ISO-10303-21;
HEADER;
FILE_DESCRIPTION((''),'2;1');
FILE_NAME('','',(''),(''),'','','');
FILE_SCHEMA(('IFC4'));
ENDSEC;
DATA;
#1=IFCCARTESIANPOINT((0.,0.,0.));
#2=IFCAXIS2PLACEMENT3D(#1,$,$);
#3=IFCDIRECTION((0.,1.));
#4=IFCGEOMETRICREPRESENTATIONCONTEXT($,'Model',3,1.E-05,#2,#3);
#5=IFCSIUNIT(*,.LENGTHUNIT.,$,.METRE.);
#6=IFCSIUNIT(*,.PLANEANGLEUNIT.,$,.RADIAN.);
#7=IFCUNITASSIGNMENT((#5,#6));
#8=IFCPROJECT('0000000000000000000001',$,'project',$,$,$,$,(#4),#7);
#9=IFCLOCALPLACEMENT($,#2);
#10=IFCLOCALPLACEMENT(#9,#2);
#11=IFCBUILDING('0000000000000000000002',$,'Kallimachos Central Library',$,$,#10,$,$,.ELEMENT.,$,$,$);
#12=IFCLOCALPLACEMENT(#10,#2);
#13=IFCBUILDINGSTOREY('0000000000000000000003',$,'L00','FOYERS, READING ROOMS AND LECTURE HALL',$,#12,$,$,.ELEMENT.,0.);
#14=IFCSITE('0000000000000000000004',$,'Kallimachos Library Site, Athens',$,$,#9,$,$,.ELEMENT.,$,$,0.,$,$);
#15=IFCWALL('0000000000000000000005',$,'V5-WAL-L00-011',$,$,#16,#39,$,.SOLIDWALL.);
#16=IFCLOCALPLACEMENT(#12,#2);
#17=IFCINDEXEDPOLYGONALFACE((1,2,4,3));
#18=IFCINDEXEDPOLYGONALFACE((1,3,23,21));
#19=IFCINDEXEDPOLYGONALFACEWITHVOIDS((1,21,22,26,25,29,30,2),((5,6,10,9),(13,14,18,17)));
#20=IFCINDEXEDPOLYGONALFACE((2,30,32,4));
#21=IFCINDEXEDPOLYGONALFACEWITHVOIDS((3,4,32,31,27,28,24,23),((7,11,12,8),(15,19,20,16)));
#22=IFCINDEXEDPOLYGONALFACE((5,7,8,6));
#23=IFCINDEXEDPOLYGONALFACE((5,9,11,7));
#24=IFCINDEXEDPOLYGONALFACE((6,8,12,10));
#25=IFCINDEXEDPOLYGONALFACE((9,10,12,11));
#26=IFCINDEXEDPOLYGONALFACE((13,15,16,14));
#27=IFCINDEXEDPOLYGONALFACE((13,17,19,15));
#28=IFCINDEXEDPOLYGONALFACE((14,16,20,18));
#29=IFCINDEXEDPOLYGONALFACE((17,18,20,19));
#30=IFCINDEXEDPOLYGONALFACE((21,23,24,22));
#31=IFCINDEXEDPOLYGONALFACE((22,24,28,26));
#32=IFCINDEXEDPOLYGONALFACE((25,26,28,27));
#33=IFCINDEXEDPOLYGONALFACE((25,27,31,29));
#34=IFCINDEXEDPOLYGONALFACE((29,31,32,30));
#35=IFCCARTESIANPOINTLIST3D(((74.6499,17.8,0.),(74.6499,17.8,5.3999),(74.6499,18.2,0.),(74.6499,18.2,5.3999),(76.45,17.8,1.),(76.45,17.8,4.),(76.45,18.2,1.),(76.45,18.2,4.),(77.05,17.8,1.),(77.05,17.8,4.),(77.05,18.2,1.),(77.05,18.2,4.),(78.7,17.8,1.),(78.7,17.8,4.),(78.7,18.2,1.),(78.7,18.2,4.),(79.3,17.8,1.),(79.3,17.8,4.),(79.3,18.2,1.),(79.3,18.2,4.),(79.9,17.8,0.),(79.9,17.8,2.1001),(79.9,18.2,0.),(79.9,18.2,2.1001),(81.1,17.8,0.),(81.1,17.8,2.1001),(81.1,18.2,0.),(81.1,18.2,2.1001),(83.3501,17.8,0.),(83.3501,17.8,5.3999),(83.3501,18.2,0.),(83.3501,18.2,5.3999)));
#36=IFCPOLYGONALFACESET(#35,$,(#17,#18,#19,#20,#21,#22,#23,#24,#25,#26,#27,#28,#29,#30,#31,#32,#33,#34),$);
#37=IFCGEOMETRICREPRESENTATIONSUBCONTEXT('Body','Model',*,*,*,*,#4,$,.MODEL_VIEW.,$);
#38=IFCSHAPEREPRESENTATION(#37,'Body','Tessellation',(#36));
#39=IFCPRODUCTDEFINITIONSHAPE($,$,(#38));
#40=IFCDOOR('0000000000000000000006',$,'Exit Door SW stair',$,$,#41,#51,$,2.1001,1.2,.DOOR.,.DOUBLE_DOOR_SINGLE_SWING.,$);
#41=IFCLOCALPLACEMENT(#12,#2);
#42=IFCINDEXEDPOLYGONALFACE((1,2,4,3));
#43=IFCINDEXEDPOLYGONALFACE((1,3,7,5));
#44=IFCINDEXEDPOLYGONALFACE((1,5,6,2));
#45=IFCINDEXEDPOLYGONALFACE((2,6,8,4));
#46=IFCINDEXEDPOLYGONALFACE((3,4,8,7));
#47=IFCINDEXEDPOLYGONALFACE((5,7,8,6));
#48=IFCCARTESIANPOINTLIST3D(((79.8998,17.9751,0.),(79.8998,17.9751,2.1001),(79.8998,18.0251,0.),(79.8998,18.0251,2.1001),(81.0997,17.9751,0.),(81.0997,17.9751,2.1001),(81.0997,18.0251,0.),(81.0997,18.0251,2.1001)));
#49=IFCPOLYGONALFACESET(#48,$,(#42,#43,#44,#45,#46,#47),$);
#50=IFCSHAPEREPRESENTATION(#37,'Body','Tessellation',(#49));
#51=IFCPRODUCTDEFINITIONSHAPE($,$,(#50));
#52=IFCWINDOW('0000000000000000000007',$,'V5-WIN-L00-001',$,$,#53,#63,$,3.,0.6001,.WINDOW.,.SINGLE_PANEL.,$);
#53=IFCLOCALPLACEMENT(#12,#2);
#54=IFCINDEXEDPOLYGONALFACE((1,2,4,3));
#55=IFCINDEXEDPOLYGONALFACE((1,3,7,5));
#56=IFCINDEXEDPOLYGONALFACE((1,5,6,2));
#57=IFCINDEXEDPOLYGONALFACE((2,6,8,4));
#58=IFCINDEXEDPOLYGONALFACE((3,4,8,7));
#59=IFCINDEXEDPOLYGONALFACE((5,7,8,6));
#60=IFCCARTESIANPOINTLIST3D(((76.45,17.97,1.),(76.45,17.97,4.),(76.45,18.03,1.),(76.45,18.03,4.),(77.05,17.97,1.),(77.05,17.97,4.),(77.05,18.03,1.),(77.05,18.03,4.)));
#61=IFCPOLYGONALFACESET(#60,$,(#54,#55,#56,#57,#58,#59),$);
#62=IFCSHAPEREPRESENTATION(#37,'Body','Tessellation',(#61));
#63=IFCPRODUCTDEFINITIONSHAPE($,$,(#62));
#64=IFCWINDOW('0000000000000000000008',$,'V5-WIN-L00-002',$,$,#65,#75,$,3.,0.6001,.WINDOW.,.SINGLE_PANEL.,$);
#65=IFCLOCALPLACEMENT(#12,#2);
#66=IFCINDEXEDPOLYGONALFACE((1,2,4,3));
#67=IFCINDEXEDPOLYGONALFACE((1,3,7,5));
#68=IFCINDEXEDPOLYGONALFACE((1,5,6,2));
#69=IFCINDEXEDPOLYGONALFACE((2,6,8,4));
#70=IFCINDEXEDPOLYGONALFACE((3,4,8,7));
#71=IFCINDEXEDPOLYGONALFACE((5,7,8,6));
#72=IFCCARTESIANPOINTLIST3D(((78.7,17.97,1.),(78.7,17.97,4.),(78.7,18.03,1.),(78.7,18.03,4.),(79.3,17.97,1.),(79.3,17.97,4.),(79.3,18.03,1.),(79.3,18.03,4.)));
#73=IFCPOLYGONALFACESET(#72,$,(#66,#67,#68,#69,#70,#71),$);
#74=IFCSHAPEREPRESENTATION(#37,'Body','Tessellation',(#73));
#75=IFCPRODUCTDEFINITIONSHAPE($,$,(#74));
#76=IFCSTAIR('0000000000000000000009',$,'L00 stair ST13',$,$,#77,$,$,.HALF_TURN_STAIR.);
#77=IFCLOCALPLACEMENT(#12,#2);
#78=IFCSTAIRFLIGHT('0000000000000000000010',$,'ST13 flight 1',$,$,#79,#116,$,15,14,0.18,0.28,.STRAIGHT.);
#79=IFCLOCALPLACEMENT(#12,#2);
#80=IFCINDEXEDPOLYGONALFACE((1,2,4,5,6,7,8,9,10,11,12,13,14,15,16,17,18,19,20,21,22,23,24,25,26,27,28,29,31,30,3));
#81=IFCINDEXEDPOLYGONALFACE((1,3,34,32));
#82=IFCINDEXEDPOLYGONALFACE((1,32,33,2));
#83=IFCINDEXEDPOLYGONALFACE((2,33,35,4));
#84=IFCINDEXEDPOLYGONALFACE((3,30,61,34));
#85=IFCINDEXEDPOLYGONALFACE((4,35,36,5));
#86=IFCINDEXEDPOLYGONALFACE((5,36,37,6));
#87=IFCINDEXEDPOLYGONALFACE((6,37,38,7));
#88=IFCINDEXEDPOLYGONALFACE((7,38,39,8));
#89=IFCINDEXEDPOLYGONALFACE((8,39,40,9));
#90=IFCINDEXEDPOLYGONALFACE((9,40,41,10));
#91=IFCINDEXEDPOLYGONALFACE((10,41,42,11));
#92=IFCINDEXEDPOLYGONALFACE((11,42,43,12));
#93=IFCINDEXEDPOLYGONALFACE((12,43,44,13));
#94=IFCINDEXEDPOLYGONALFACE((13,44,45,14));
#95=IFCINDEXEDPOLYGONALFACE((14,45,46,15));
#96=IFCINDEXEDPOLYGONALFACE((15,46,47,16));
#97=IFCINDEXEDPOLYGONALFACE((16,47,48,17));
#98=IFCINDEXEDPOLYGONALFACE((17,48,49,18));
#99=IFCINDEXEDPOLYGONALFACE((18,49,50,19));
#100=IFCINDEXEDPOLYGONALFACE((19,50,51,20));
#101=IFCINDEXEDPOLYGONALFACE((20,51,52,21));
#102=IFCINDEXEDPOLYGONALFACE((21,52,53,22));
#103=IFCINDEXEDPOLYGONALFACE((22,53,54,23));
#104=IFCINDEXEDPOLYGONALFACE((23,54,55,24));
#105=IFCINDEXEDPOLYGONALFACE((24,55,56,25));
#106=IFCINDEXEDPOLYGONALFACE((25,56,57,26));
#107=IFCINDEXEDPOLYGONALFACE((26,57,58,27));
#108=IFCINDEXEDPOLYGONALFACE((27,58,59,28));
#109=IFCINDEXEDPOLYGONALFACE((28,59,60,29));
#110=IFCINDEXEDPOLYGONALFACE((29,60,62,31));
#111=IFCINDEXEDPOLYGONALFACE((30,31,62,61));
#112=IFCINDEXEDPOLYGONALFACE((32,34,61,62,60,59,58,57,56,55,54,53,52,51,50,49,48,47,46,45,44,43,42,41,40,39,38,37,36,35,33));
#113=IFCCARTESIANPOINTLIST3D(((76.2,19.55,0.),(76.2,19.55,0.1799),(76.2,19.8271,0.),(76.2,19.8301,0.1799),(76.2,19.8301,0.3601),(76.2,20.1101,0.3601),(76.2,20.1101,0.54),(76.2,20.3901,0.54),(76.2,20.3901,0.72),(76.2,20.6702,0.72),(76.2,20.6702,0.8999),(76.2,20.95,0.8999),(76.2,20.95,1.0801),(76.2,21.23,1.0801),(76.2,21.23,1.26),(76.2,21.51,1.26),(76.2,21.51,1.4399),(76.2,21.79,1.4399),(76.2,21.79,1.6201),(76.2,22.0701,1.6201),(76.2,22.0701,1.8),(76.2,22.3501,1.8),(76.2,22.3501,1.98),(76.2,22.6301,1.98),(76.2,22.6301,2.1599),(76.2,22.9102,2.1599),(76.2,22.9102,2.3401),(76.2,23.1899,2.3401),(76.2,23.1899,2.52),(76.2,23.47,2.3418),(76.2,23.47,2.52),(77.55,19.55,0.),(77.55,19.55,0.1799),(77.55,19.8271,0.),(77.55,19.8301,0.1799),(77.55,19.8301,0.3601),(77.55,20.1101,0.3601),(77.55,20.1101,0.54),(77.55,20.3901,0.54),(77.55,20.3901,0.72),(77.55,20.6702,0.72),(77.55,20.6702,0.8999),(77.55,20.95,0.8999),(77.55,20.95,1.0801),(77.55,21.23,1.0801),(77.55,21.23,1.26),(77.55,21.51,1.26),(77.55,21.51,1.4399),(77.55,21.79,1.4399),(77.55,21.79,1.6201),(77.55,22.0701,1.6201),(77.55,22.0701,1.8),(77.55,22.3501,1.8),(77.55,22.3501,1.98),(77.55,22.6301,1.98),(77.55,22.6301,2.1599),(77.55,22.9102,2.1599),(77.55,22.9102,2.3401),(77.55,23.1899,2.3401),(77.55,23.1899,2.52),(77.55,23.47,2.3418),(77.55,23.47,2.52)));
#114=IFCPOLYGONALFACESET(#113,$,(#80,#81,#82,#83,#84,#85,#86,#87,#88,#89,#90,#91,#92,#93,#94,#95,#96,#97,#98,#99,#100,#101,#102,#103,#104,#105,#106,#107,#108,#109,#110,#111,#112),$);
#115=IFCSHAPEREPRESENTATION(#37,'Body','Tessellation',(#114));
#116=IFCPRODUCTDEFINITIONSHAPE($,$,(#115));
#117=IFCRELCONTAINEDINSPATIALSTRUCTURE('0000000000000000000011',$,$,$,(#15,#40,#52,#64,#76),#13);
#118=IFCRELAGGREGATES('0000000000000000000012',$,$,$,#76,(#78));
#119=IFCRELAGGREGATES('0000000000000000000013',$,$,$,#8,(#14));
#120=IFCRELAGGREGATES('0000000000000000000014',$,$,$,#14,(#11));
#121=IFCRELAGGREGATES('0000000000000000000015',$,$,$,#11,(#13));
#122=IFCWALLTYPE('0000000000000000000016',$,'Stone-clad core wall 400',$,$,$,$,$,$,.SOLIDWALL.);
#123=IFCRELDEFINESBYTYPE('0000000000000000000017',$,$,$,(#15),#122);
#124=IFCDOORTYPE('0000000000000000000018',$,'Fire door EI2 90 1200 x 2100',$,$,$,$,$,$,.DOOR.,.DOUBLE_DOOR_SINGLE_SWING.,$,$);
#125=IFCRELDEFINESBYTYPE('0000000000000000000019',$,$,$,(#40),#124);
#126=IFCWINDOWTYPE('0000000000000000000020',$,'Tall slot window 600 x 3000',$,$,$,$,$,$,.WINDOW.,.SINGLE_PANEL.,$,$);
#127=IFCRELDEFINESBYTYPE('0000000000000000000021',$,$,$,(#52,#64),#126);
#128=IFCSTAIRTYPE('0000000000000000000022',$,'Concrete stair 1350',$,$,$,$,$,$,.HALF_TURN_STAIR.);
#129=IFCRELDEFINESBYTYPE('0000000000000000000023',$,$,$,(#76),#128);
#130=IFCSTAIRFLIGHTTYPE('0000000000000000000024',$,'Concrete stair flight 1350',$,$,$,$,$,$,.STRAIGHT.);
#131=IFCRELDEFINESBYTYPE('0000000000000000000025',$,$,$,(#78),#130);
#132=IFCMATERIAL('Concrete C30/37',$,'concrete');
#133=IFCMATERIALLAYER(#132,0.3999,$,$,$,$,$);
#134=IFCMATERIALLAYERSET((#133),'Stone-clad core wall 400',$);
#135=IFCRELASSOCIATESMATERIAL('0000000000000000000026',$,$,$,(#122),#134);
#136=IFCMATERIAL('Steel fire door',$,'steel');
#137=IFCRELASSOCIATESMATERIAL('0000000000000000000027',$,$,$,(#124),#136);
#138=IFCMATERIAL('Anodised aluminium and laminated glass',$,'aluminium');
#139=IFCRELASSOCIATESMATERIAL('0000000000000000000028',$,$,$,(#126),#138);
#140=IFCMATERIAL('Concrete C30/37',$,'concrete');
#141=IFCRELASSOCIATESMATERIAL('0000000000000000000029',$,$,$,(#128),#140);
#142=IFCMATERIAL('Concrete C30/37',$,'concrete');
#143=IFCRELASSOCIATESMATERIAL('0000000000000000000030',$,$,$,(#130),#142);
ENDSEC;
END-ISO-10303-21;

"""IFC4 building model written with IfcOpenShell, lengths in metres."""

from ifc_helpers import new_model, si_unit, direction, frame, frame_2d, origin, place, context, subcontext, project, spatial, polyline, rectangle, outline, extrude, material, layer, layer_set, type_object, element, fill, aggregate, save


model = new_model("IFC4")

# Units and contexts
model_context = context("Model", 3, precision=1e-05, world=origin(), true_north=direction((0.0, 1.0)))
body_context = subcontext(model_context, "Body", "Model", "MODEL_VIEW")
ifc_project = project(units=[si_unit("LENGTHUNIT", "METRE"), si_unit("PLANEANGLEUNIT", "RADIAN")], contexts=[model_context])

# Site, building, storey
site_placement = place(None, origin())
site = spatial("IfcSite", under=ifc_project, at=site_placement, Name="Kallimachos Library Site, Athens", CompositionType="ELEMENT", RefElevation=0.0)
building_placement = place(site_placement, origin())
building = spatial("IfcBuilding", under=site, at=building_placement, Name="Kallimachos Central Library", CompositionType="ELEMENT")
storey_placement = place(building_placement, origin())
storey = spatial("IfcBuildingStorey", under=building, at=storey_placement, Name="L00", Description="FOYERS, READING ROOMS AND LECTURE HALL", CompositionType="ELEMENT", Elevation=0.0)

# Wall, openings, door, windows
ifc_material_1 = material(Name="Concrete C30/37", Category="concrete")
ifc_layer_1 = layer(ifc_material_1, 0.3999)
ifc_layer_set_1 = layer_set([ifc_layer_1], Name="Stone-clad core wall 400")
wall_type_1 = type_object("IfcWallType", Name="Stone-clad core wall 400", PredefinedType="SOLIDWALL", material=ifc_layer_set_1)
wall_1_placement = place(storey_placement, frame((74.6499, 18.0, 0.0), z_axis=(0.0, 0.0, 1.0), x_axis=(1.0, 0.0, 0.0)))
wall_1 = element("IfcWall", 1, at=wall_1_placement, inside=storey, type_object=wall_type_1, Name="V5-WAL-L00-011", PredefinedType="SOLIDWALL", context=body_context, shape_type="SweptSolid", body=[
    extrude(rectangle(XDim=8.7002, YDim=0.3999, at=frame_2d((4.3501, 0.0))), origin(), (0.0, 0.0, 1.0), 5.3999),
])
opening_1_placement = place(wall_1_placement, frame((5.25, 0.0, 0.0)))
opening_1 = element("IfcOpeningElement", 2, at=opening_1_placement, cuts=wall_1, PredefinedType="OPENING", context=body_context, shape_type="SweptSolid", body=[
    extrude(rectangle(XDim=1.2, YDim=2.1001, at=frame_2d((0.6001, 1.05))), frame((0.0, 0.21, 0.0), z_axis=(0.0, -1.0, 0.0), x_axis=(1.0, 0.0, 0.0)), (0.0, 0.0, 1.0), 0.4199),
])
opening_2_placement = place(wall_1_placement, frame((1.8, 0.0, 1.0)))
opening_2 = element("IfcOpeningElement", 3, at=opening_2_placement, cuts=wall_1, PredefinedType="OPENING", context=body_context, shape_type="SweptSolid", body=[
    extrude(rectangle(XDim=0.6001, YDim=3.0, at=frame_2d((0.3, 1.5))), frame((0.0, 0.21, 0.0), z_axis=(0.0, -1.0, 0.0), x_axis=(1.0, 0.0, 0.0)), (0.0, 0.0, 1.0), 0.4199),
])
opening_3_placement = place(wall_1_placement, frame((4.05, 0.0, 1.0)))
opening_3 = element("IfcOpeningElement", 4, at=opening_3_placement, cuts=wall_1, PredefinedType="OPENING", context=body_context, shape_type="SweptSolid", body=[
    extrude(rectangle(XDim=0.6001, YDim=3.0, at=frame_2d((0.3, 1.5))), frame((0.0, 0.21, 0.0), z_axis=(0.0, -1.0, 0.0), x_axis=(1.0, 0.0, 0.0)), (0.0, 0.0, 1.0), 0.4199),
])
ifc_material_2 = material(Name="Steel fire door", Category="steel")
door_type_1 = type_object("IfcDoorType", Name="Fire door EI2 90 1200 x 2100", OperationType="DOUBLE_DOOR_SINGLE_SWING", PredefinedType="DOOR", material=ifc_material_2)
door_1_placement = place(opening_1_placement, frame((1.2, 0.0, 0.0), z_axis=(0.0, 0.0, 1.0), x_axis=(-1.0, 0.0, 0.0)))
door_1 = element("IfcDoor", 5, at=door_1_placement, inside=storey, type_object=door_type_1, Name="Exit Door SW stair", OperationType="DOUBLE_DOOR_SINGLE_SWING", OverallHeight=2.1001, OverallWidth=1.2, PredefinedType="DOOR", context=body_context, shape_type="SweptSolid", body=[
    extrude(rectangle(XDim=1.2, YDim=2.1001, at=frame_2d((0.6001, 1.05))), frame((0.0, 0.0249, 0.0), z_axis=(0.0, -1.0, 0.0), x_axis=(1.0, 0.0, 0.0)), (0.0, 0.0, 1.0), 0.05),
])
fill(opening_1, door_1)
ifc_material_3 = material(Name="Anodised aluminium and laminated glass", Category="aluminium")
window_type = type_object("IfcWindowType", Name="Tall slot window 600 x 3000", PartitioningType="SINGLE_PANEL", PredefinedType="WINDOW", material=ifc_material_3)
window_1_placement = place(opening_2_placement, origin())
window_1 = element("IfcWindow", 6, at=window_1_placement, inside=storey, type_object=window_type, Name="V5-WIN-L00-001", OverallHeight=3.0, OverallWidth=0.6001, PartitioningType="SINGLE_PANEL", PredefinedType="WINDOW", context=body_context, shape_type="SweptSolid", body=[
    extrude(rectangle(XDim=0.6001, YDim=3.0, at=frame_2d((0.3, 1.5))), frame((0.0, 0.03, 0.0), z_axis=(0.0, -1.0, 0.0), x_axis=(1.0, 0.0, 0.0)), (0.0, 0.0, 1.0), 0.0601),
])
fill(opening_2, window_1)
window_2_placement = place(opening_3_placement, origin())
window_2 = element("IfcWindow", 7, at=window_2_placement, inside=storey, type_object=window_type, Name="V5-WIN-L00-002", OverallHeight=3.0, OverallWidth=0.6001, PartitioningType="SINGLE_PANEL", PredefinedType="WINDOW", context=body_context, shape_type="SweptSolid", body=[
    extrude(rectangle(XDim=0.6001, YDim=3.0, at=frame_2d((0.3, 1.5))), frame((0.0, 0.03, 0.0), z_axis=(0.0, -1.0, 0.0), x_axis=(1.0, 0.0, 0.0)), (0.0, 0.0, 1.0), 0.0601),
])
fill(opening_3, window_2)

# Stair, stair flight
ifc_material_4 = material(Name="Concrete C30/37", Category="concrete")
stair_type = type_object("IfcStairType", Name="Concrete stair 1350", PredefinedType="HALF_TURN_STAIR", material=ifc_material_4)
stair_placement = place(storey_placement, origin())
stair = element("IfcStair", 8, at=stair_placement, inside=storey, type_object=stair_type, Name="L00 stair ST13", PredefinedType="HALF_TURN_STAIR")
ifc_material_5 = material(Name="Concrete C30/37", Category="concrete")
stair_flight_type = type_object("IfcStairFlightType", Name="Concrete stair flight 1350", PredefinedType="STRAIGHT", material=ifc_material_5)
stair_flight_placement = place(storey_placement, frame((76.875, 19.55, 0.0), z_axis=(0.0, 0.0, 1.0), x_axis=(0.0, 1.0, 0.0)))
stair_flight = element("IfcStairFlight", 9, at=stair_flight_placement, type_object=stair_flight_type, Name="ST13 flight 1", NumberOfRisers=15, NumberOfTreads=14, PredefinedType="STRAIGHT", RiserHeight=0.18, TreadLength=0.28, context=body_context, shape_type="SweptSolid", body=[
    extrude(outline(polyline([(0.0, 0.0), (0.0, 0.1799), (0.28, 0.1799), (0.28, 0.3601), (0.5601, 0.3601), (0.5601, 0.54), (0.8401, 0.54), (0.8401, 0.72), (1.1201, 0.72), (1.1201, 0.8999), (1.3999, 0.8999), (1.3999, 1.0801), (1.6799, 1.0801), (1.6799, 1.26), (1.96, 1.26), (1.96, 1.4399), (2.24, 1.4399), (2.24, 1.6201), (2.52, 1.6201), (2.52, 1.8), (2.8, 1.8), (2.8, 1.98), (3.0801, 1.98), (3.0801, 2.1599), (3.3601, 2.1599), (3.3601, 2.3401), (3.6399, 2.3401), (3.6399, 2.52), (3.9199, 2.52), (3.9199, 2.7), (3.9199, 2.3418), (0.2771, 0.0), (0.0, 0.0)])), frame((0.0, 0.675, 0.0), z_axis=(0.0, -1.0, 0.0), x_axis=(1.0, 0.0, 0.0)), (0.0, 0.0, 1.0), 1.3501),
])
aggregate(stair, [stair_flight])

save(model, "model.ifc")
